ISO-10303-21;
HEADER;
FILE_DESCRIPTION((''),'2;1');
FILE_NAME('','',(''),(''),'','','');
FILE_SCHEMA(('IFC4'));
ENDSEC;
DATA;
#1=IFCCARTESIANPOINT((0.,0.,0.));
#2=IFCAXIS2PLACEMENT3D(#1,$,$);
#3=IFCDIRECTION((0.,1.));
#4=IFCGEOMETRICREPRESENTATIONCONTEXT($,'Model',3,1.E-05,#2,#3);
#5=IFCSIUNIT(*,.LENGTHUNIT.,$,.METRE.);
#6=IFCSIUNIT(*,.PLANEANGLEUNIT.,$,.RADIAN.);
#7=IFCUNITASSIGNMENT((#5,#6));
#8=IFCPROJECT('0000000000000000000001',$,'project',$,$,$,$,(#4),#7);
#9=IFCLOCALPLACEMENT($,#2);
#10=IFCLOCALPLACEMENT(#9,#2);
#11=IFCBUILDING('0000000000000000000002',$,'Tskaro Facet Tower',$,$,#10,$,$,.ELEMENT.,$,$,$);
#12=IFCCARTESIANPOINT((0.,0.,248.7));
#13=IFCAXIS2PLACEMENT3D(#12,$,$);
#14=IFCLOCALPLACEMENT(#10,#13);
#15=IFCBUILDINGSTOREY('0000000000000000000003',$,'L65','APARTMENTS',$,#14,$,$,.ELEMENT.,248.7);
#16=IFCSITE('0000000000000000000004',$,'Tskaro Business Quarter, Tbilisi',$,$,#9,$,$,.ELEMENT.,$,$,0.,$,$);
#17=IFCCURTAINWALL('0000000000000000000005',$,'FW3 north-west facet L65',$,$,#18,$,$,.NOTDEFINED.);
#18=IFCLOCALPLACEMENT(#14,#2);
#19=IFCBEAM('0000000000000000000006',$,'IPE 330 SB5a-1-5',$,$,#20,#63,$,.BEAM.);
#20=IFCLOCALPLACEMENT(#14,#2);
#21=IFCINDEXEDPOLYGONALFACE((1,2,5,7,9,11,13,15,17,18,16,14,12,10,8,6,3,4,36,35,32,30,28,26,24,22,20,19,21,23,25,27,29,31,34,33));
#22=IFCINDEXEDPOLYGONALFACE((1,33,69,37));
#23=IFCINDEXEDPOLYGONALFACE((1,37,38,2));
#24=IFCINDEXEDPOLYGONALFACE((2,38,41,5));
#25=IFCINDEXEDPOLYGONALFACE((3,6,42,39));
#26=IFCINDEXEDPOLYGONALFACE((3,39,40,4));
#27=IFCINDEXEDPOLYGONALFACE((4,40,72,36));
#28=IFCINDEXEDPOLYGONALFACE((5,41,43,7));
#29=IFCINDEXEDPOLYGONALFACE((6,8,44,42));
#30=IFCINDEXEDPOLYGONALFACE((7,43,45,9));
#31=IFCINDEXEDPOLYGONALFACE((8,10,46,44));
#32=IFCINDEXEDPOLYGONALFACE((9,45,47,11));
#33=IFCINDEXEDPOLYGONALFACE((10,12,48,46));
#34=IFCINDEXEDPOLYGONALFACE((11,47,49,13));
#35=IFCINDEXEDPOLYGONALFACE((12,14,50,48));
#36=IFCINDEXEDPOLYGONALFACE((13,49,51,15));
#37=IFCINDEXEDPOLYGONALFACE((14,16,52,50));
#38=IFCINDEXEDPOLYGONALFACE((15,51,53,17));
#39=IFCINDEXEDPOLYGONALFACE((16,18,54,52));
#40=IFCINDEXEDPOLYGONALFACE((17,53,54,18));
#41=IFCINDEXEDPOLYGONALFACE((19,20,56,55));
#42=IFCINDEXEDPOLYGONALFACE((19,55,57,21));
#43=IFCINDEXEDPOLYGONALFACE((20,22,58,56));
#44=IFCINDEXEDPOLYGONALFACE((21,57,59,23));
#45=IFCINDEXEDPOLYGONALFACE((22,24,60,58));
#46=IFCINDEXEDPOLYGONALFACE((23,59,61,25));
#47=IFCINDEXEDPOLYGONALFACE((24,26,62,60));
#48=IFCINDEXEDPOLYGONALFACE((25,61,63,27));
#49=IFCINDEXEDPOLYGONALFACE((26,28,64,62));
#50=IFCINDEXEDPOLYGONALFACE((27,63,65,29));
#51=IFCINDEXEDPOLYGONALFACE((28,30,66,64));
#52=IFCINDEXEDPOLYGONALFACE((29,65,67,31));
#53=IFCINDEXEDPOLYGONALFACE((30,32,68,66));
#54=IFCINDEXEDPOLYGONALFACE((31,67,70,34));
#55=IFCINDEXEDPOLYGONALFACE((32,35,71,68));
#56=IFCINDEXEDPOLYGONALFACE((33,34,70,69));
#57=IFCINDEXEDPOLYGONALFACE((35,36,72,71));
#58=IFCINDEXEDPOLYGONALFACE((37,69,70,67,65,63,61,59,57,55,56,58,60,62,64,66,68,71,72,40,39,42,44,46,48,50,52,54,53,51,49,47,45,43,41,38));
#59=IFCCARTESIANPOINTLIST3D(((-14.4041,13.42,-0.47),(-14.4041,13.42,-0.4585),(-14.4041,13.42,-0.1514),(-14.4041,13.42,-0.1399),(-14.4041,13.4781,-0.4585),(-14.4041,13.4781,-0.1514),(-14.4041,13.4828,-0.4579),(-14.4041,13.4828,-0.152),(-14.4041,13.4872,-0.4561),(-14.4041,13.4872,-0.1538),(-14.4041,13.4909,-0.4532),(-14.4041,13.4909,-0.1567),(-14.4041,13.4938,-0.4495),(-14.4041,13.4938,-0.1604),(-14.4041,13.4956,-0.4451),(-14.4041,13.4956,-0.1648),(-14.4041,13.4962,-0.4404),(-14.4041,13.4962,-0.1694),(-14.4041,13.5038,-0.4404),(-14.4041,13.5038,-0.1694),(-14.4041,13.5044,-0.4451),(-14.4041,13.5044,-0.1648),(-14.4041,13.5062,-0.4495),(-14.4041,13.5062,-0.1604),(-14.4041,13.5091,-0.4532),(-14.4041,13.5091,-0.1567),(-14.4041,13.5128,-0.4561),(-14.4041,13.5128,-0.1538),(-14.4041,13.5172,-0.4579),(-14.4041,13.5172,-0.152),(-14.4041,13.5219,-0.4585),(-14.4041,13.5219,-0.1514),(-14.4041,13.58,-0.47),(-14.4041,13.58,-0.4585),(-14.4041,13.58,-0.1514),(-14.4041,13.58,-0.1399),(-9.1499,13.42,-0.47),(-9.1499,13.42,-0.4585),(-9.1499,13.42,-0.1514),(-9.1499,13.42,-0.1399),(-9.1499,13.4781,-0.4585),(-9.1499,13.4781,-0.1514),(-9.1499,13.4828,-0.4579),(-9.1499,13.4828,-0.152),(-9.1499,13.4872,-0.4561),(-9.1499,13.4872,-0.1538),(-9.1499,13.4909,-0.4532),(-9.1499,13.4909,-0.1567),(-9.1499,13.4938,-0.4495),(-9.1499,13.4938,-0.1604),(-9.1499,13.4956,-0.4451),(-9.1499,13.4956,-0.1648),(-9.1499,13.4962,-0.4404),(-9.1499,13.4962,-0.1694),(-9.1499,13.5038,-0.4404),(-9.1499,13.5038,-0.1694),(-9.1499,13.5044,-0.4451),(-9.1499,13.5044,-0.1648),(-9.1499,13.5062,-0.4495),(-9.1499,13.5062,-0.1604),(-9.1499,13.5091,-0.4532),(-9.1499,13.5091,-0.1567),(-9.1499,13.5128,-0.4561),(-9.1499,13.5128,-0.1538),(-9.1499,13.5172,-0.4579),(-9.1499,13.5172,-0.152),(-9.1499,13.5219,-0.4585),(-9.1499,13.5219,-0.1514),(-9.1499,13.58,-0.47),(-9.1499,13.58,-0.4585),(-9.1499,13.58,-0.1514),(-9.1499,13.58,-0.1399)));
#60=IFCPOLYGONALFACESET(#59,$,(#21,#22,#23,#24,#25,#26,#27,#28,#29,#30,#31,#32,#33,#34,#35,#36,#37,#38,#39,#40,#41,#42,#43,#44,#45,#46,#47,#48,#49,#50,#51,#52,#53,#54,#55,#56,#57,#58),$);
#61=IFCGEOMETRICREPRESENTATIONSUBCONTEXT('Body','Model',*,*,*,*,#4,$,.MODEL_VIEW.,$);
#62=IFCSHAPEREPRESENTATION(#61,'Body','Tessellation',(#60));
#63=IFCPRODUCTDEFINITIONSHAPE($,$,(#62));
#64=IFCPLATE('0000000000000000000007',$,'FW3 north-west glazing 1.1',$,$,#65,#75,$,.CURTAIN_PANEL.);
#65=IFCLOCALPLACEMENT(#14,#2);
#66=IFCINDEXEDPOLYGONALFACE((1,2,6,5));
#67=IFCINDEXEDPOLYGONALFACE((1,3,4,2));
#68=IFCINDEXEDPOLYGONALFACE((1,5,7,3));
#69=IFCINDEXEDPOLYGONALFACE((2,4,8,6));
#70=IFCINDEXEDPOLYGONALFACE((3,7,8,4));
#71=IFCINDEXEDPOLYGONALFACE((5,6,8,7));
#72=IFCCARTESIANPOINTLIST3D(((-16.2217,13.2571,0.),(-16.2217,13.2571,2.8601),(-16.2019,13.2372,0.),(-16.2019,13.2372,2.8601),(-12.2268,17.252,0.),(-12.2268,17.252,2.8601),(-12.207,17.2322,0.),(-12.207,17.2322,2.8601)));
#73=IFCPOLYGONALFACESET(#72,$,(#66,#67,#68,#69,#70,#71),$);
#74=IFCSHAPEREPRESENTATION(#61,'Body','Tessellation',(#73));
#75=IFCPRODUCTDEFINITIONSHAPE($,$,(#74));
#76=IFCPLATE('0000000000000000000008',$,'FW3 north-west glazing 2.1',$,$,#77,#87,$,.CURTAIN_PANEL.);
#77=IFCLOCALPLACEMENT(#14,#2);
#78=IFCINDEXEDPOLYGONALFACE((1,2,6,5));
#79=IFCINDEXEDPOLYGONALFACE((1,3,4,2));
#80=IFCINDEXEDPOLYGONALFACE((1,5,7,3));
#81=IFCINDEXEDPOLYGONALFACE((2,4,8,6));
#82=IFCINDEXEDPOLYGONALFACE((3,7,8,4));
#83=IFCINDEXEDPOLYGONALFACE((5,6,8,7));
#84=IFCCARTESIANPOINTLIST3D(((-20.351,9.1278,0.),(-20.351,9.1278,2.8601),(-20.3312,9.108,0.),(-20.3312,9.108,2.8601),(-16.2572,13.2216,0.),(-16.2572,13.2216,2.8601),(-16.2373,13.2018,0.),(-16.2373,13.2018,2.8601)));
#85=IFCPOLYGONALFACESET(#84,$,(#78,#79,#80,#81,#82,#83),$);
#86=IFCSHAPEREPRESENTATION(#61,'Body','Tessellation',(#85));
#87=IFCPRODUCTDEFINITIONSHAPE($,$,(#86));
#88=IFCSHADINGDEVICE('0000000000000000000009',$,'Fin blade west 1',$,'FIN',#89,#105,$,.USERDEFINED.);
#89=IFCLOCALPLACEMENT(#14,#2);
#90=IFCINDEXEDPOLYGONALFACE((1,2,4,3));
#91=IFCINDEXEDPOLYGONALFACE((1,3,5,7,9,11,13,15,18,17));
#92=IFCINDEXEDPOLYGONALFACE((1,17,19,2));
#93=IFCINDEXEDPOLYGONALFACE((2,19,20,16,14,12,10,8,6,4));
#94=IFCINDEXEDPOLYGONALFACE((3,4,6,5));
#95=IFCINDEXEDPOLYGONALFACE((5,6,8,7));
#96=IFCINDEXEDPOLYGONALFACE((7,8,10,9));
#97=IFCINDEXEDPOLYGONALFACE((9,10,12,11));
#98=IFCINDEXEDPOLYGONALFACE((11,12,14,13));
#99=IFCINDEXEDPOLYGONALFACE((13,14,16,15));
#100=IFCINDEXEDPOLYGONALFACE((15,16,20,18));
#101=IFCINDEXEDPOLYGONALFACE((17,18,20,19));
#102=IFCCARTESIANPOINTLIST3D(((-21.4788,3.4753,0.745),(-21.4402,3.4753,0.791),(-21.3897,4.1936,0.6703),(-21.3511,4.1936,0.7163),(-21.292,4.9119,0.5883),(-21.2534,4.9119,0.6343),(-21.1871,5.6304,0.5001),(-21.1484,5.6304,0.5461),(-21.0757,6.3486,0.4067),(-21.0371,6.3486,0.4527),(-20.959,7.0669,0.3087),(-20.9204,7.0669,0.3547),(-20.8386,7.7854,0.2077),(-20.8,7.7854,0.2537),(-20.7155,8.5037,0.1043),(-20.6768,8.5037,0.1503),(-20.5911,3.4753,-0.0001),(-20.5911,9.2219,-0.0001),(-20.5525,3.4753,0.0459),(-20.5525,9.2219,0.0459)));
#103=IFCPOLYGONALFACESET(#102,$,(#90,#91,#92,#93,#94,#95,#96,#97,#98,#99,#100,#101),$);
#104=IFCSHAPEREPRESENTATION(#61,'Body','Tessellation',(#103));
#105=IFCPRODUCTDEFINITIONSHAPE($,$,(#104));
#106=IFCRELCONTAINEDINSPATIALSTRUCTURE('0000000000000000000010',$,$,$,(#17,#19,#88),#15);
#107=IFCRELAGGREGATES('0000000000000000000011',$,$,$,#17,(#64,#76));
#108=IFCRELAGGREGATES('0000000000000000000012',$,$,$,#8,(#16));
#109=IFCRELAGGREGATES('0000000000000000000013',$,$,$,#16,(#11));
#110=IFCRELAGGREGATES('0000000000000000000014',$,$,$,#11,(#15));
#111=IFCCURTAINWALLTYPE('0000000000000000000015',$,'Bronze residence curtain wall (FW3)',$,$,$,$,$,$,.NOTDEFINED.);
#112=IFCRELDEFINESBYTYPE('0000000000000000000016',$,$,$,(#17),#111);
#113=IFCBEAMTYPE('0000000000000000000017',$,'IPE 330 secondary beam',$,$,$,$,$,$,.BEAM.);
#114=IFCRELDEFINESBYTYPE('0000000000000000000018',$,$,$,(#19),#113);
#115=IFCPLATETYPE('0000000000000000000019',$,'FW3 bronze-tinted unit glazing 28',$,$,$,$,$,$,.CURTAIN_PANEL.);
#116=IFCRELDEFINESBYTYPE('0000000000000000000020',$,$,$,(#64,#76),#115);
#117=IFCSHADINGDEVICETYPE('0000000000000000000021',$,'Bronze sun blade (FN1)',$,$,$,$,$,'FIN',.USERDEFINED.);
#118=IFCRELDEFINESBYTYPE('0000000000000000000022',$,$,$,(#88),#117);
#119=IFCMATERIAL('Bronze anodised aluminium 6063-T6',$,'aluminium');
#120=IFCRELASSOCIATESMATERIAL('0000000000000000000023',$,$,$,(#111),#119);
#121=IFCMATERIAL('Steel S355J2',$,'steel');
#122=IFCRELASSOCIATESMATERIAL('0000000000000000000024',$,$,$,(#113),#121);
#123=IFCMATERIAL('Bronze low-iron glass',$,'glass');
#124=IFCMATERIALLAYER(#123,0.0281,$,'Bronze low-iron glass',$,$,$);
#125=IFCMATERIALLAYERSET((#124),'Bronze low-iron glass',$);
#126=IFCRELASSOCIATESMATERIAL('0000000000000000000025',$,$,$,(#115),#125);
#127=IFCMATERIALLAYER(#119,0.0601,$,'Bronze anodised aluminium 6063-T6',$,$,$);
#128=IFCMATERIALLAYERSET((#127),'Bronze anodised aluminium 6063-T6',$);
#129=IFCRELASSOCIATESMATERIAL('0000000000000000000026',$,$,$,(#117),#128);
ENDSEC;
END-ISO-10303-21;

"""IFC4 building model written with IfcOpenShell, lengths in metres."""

from ifc_helpers import new_model, si_unit, direction, frame, origin, origin_2d, place, context, subcontext, project, spatial, polyline, rectangle, i_section, outline, extrude, material, layer, layer_set, material_profile, profile_set, type_object, element, aggregate, save


model = new_model("IFC4")

# Units and contexts
model_context = context("Model", 3, precision=1e-05, world=origin(), true_north=direction((0.0, 1.0)))
body_context = subcontext(model_context, "Body", "Model", "MODEL_VIEW")
ifc_project = project(units=[si_unit("LENGTHUNIT", "METRE"), si_unit("PLANEANGLEUNIT", "RADIAN")], contexts=[model_context])

# Site, building, storey
site_placement = place(None, origin())
site = spatial("IfcSite", under=ifc_project, at=site_placement, Name="Tskaro Business Quarter, Tbilisi", CompositionType="ELEMENT", RefElevation=0.0)
building_placement = place(site_placement, origin())
building = spatial("IfcBuilding", under=site, at=building_placement, Name="Tskaro Facet Tower", CompositionType="ELEMENT")
storey_placement = place(building_placement, frame((0.0, 0.0, 248.7)))
storey = spatial("IfcBuildingStorey", under=building, at=storey_placement, Name="L65", Description="APARTMENTS", CompositionType="ELEMENT", Elevation=248.7)

# Shared definitions
ifc_material_1 = material(Name="Steel S355J2", Category="steel")

# Curtain wall
ifc_material_2 = material(Name="Bronze anodised aluminium 6063-T6", Category="aluminium")
curtain_wall_type = type_object("IfcCurtainWallType", Name="Bronze residence curtain wall (FW3)", PredefinedType="NOTDEFINED", material=ifc_material_2)
curtain_wall_1_placement = place(storey_placement, origin())
curtain_wall_1 = element("IfcCurtainWall", 1, at=curtain_wall_1_placement, inside=storey, type_object=curtain_wall_type, Name="FW3 north-west facet L65", PredefinedType="NOTDEFINED")

# Beam
ifc_material_profile_1 = material_profile(ifc_material_1, i_section(OverallWidth=0.1599, OverallDepth=0.3301, WebThickness=0.0076, FlangeThickness=0.0115, FilletRadius=0.0181, at=origin_2d()), Name="IPE 330")
ifc_profile_set_1 = profile_set([ifc_material_profile_1], Name="Steel S355J2")
beam_type_1 = type_object("IfcBeamType", Name="IPE 330 secondary beam", PredefinedType="BEAM", material=ifc_profile_set_1)
beam_placement = place(storey_placement, frame((-14.4041, 13.5, -0.3049), z_axis=(1.0, 0.0, 0.0), x_axis=(0.0, 1.0, 0.0)))
element("IfcBeam", 2, at=beam_placement, inside=storey, type_object=beam_type_1, Name="IPE 330 SB5a-1-5", PredefinedType="BEAM", context=body_context, shape_type="SweptSolid", body=[
    extrude(i_section(OverallWidth=0.1599, OverallDepth=0.3301, WebThickness=0.0076, FlangeThickness=0.0115, FilletRadius=0.0181, at=origin_2d()), origin(), (0.0, 0.0, 1.0), 5.2542),
])

# Plates
ifc_material_3 = material(Name="Bronze low-iron glass", Category="glass")
ifc_layer_1 = layer(ifc_material_3, 0.0281, Name="Bronze low-iron glass")
ifc_layer_set_1 = layer_set([ifc_layer_1], Name="Bronze low-iron glass")
plate_type = type_object("IfcPlateType", Name="FW3 bronze-tinted unit glazing 28", PredefinedType="CURTAIN_PANEL", material=ifc_layer_set_1)
plate_1_placement = place(storey_placement, frame((-14.2144, 15.2446, 0.0), z_axis=(0.0, 0.0, 1.0), x_axis=(-0.707107, -0.707107, 0.0)))
plate_1 = element("IfcPlate", 3, at=plate_1_placement, type_object=plate_type, Name="FW3 north-west glazing 1.1", PredefinedType="CURTAIN_PANEL", context=body_context, shape_type="SweptSolid", body=[
    extrude(rectangle(XDim=5.6497, YDim=0.0281, at=origin_2d()), origin(), (0.0, 0.0, 1.0), 2.8601),
])
plate_2_placement = place(storey_placement, frame((-18.2942, 11.1648, 0.0), z_axis=(0.0, 0.0, 1.0), x_axis=(-0.707107, -0.707107, 0.0)))
plate_2 = element("IfcPlate", 4, at=plate_2_placement, type_object=plate_type, Name="FW3 north-west glazing 2.1", PredefinedType="CURTAIN_PANEL", context=body_context, shape_type="SweptSolid", body=[
    extrude(rectangle(XDim=5.7896, YDim=0.0281, at=origin_2d()), origin(), (0.0, 0.0, 1.0), 2.8601),
])
aggregate(curtain_wall_1, [plate_1, plate_2])

# Shading device
ifc_layer_2 = layer(ifc_material_2, 0.0601, Name="Bronze anodised aluminium 6063-T6")
ifc_layer_set_2 = layer_set([ifc_layer_2], Name="Bronze anodised aluminium 6063-T6")
shading_device_type = type_object("IfcShadingDeviceType", Name="Bronze sun blade (FN1)", ElementType="FIN", PredefinedType="USERDEFINED", material=ifc_layer_set_2)
shading_device_placement = place(storey_placement, frame((-20.5525, 9.2219, 0.0459), z_axis=(0.642946, -0.000008, 0.765911), x_axis=(-0.000005, -1.0, -0.000006)))
element("IfcShadingDevice", 5, at=shading_device_placement, inside=storey, type_object=shading_device_type, Name="Fin blade west 1", ObjectType="FIN", PredefinedType="USERDEFINED", context=body_context, shape_type="SweptSolid", body=[
    extrude(outline(polyline([(0.0, 0.0), (5.7466, 0.0), (5.7466, -1.159), (5.0283, -1.0427), (4.3101, -0.9151), (3.5916, -0.7781), (2.8733, -0.6327), (2.155, -0.4804), (1.4365, -0.3232), (0.7183, -0.1624), (0.0, 0.0)])), origin(), (0.0, 0.0, -1.0), 0.0601),
])

save(model, "model.ifc")
